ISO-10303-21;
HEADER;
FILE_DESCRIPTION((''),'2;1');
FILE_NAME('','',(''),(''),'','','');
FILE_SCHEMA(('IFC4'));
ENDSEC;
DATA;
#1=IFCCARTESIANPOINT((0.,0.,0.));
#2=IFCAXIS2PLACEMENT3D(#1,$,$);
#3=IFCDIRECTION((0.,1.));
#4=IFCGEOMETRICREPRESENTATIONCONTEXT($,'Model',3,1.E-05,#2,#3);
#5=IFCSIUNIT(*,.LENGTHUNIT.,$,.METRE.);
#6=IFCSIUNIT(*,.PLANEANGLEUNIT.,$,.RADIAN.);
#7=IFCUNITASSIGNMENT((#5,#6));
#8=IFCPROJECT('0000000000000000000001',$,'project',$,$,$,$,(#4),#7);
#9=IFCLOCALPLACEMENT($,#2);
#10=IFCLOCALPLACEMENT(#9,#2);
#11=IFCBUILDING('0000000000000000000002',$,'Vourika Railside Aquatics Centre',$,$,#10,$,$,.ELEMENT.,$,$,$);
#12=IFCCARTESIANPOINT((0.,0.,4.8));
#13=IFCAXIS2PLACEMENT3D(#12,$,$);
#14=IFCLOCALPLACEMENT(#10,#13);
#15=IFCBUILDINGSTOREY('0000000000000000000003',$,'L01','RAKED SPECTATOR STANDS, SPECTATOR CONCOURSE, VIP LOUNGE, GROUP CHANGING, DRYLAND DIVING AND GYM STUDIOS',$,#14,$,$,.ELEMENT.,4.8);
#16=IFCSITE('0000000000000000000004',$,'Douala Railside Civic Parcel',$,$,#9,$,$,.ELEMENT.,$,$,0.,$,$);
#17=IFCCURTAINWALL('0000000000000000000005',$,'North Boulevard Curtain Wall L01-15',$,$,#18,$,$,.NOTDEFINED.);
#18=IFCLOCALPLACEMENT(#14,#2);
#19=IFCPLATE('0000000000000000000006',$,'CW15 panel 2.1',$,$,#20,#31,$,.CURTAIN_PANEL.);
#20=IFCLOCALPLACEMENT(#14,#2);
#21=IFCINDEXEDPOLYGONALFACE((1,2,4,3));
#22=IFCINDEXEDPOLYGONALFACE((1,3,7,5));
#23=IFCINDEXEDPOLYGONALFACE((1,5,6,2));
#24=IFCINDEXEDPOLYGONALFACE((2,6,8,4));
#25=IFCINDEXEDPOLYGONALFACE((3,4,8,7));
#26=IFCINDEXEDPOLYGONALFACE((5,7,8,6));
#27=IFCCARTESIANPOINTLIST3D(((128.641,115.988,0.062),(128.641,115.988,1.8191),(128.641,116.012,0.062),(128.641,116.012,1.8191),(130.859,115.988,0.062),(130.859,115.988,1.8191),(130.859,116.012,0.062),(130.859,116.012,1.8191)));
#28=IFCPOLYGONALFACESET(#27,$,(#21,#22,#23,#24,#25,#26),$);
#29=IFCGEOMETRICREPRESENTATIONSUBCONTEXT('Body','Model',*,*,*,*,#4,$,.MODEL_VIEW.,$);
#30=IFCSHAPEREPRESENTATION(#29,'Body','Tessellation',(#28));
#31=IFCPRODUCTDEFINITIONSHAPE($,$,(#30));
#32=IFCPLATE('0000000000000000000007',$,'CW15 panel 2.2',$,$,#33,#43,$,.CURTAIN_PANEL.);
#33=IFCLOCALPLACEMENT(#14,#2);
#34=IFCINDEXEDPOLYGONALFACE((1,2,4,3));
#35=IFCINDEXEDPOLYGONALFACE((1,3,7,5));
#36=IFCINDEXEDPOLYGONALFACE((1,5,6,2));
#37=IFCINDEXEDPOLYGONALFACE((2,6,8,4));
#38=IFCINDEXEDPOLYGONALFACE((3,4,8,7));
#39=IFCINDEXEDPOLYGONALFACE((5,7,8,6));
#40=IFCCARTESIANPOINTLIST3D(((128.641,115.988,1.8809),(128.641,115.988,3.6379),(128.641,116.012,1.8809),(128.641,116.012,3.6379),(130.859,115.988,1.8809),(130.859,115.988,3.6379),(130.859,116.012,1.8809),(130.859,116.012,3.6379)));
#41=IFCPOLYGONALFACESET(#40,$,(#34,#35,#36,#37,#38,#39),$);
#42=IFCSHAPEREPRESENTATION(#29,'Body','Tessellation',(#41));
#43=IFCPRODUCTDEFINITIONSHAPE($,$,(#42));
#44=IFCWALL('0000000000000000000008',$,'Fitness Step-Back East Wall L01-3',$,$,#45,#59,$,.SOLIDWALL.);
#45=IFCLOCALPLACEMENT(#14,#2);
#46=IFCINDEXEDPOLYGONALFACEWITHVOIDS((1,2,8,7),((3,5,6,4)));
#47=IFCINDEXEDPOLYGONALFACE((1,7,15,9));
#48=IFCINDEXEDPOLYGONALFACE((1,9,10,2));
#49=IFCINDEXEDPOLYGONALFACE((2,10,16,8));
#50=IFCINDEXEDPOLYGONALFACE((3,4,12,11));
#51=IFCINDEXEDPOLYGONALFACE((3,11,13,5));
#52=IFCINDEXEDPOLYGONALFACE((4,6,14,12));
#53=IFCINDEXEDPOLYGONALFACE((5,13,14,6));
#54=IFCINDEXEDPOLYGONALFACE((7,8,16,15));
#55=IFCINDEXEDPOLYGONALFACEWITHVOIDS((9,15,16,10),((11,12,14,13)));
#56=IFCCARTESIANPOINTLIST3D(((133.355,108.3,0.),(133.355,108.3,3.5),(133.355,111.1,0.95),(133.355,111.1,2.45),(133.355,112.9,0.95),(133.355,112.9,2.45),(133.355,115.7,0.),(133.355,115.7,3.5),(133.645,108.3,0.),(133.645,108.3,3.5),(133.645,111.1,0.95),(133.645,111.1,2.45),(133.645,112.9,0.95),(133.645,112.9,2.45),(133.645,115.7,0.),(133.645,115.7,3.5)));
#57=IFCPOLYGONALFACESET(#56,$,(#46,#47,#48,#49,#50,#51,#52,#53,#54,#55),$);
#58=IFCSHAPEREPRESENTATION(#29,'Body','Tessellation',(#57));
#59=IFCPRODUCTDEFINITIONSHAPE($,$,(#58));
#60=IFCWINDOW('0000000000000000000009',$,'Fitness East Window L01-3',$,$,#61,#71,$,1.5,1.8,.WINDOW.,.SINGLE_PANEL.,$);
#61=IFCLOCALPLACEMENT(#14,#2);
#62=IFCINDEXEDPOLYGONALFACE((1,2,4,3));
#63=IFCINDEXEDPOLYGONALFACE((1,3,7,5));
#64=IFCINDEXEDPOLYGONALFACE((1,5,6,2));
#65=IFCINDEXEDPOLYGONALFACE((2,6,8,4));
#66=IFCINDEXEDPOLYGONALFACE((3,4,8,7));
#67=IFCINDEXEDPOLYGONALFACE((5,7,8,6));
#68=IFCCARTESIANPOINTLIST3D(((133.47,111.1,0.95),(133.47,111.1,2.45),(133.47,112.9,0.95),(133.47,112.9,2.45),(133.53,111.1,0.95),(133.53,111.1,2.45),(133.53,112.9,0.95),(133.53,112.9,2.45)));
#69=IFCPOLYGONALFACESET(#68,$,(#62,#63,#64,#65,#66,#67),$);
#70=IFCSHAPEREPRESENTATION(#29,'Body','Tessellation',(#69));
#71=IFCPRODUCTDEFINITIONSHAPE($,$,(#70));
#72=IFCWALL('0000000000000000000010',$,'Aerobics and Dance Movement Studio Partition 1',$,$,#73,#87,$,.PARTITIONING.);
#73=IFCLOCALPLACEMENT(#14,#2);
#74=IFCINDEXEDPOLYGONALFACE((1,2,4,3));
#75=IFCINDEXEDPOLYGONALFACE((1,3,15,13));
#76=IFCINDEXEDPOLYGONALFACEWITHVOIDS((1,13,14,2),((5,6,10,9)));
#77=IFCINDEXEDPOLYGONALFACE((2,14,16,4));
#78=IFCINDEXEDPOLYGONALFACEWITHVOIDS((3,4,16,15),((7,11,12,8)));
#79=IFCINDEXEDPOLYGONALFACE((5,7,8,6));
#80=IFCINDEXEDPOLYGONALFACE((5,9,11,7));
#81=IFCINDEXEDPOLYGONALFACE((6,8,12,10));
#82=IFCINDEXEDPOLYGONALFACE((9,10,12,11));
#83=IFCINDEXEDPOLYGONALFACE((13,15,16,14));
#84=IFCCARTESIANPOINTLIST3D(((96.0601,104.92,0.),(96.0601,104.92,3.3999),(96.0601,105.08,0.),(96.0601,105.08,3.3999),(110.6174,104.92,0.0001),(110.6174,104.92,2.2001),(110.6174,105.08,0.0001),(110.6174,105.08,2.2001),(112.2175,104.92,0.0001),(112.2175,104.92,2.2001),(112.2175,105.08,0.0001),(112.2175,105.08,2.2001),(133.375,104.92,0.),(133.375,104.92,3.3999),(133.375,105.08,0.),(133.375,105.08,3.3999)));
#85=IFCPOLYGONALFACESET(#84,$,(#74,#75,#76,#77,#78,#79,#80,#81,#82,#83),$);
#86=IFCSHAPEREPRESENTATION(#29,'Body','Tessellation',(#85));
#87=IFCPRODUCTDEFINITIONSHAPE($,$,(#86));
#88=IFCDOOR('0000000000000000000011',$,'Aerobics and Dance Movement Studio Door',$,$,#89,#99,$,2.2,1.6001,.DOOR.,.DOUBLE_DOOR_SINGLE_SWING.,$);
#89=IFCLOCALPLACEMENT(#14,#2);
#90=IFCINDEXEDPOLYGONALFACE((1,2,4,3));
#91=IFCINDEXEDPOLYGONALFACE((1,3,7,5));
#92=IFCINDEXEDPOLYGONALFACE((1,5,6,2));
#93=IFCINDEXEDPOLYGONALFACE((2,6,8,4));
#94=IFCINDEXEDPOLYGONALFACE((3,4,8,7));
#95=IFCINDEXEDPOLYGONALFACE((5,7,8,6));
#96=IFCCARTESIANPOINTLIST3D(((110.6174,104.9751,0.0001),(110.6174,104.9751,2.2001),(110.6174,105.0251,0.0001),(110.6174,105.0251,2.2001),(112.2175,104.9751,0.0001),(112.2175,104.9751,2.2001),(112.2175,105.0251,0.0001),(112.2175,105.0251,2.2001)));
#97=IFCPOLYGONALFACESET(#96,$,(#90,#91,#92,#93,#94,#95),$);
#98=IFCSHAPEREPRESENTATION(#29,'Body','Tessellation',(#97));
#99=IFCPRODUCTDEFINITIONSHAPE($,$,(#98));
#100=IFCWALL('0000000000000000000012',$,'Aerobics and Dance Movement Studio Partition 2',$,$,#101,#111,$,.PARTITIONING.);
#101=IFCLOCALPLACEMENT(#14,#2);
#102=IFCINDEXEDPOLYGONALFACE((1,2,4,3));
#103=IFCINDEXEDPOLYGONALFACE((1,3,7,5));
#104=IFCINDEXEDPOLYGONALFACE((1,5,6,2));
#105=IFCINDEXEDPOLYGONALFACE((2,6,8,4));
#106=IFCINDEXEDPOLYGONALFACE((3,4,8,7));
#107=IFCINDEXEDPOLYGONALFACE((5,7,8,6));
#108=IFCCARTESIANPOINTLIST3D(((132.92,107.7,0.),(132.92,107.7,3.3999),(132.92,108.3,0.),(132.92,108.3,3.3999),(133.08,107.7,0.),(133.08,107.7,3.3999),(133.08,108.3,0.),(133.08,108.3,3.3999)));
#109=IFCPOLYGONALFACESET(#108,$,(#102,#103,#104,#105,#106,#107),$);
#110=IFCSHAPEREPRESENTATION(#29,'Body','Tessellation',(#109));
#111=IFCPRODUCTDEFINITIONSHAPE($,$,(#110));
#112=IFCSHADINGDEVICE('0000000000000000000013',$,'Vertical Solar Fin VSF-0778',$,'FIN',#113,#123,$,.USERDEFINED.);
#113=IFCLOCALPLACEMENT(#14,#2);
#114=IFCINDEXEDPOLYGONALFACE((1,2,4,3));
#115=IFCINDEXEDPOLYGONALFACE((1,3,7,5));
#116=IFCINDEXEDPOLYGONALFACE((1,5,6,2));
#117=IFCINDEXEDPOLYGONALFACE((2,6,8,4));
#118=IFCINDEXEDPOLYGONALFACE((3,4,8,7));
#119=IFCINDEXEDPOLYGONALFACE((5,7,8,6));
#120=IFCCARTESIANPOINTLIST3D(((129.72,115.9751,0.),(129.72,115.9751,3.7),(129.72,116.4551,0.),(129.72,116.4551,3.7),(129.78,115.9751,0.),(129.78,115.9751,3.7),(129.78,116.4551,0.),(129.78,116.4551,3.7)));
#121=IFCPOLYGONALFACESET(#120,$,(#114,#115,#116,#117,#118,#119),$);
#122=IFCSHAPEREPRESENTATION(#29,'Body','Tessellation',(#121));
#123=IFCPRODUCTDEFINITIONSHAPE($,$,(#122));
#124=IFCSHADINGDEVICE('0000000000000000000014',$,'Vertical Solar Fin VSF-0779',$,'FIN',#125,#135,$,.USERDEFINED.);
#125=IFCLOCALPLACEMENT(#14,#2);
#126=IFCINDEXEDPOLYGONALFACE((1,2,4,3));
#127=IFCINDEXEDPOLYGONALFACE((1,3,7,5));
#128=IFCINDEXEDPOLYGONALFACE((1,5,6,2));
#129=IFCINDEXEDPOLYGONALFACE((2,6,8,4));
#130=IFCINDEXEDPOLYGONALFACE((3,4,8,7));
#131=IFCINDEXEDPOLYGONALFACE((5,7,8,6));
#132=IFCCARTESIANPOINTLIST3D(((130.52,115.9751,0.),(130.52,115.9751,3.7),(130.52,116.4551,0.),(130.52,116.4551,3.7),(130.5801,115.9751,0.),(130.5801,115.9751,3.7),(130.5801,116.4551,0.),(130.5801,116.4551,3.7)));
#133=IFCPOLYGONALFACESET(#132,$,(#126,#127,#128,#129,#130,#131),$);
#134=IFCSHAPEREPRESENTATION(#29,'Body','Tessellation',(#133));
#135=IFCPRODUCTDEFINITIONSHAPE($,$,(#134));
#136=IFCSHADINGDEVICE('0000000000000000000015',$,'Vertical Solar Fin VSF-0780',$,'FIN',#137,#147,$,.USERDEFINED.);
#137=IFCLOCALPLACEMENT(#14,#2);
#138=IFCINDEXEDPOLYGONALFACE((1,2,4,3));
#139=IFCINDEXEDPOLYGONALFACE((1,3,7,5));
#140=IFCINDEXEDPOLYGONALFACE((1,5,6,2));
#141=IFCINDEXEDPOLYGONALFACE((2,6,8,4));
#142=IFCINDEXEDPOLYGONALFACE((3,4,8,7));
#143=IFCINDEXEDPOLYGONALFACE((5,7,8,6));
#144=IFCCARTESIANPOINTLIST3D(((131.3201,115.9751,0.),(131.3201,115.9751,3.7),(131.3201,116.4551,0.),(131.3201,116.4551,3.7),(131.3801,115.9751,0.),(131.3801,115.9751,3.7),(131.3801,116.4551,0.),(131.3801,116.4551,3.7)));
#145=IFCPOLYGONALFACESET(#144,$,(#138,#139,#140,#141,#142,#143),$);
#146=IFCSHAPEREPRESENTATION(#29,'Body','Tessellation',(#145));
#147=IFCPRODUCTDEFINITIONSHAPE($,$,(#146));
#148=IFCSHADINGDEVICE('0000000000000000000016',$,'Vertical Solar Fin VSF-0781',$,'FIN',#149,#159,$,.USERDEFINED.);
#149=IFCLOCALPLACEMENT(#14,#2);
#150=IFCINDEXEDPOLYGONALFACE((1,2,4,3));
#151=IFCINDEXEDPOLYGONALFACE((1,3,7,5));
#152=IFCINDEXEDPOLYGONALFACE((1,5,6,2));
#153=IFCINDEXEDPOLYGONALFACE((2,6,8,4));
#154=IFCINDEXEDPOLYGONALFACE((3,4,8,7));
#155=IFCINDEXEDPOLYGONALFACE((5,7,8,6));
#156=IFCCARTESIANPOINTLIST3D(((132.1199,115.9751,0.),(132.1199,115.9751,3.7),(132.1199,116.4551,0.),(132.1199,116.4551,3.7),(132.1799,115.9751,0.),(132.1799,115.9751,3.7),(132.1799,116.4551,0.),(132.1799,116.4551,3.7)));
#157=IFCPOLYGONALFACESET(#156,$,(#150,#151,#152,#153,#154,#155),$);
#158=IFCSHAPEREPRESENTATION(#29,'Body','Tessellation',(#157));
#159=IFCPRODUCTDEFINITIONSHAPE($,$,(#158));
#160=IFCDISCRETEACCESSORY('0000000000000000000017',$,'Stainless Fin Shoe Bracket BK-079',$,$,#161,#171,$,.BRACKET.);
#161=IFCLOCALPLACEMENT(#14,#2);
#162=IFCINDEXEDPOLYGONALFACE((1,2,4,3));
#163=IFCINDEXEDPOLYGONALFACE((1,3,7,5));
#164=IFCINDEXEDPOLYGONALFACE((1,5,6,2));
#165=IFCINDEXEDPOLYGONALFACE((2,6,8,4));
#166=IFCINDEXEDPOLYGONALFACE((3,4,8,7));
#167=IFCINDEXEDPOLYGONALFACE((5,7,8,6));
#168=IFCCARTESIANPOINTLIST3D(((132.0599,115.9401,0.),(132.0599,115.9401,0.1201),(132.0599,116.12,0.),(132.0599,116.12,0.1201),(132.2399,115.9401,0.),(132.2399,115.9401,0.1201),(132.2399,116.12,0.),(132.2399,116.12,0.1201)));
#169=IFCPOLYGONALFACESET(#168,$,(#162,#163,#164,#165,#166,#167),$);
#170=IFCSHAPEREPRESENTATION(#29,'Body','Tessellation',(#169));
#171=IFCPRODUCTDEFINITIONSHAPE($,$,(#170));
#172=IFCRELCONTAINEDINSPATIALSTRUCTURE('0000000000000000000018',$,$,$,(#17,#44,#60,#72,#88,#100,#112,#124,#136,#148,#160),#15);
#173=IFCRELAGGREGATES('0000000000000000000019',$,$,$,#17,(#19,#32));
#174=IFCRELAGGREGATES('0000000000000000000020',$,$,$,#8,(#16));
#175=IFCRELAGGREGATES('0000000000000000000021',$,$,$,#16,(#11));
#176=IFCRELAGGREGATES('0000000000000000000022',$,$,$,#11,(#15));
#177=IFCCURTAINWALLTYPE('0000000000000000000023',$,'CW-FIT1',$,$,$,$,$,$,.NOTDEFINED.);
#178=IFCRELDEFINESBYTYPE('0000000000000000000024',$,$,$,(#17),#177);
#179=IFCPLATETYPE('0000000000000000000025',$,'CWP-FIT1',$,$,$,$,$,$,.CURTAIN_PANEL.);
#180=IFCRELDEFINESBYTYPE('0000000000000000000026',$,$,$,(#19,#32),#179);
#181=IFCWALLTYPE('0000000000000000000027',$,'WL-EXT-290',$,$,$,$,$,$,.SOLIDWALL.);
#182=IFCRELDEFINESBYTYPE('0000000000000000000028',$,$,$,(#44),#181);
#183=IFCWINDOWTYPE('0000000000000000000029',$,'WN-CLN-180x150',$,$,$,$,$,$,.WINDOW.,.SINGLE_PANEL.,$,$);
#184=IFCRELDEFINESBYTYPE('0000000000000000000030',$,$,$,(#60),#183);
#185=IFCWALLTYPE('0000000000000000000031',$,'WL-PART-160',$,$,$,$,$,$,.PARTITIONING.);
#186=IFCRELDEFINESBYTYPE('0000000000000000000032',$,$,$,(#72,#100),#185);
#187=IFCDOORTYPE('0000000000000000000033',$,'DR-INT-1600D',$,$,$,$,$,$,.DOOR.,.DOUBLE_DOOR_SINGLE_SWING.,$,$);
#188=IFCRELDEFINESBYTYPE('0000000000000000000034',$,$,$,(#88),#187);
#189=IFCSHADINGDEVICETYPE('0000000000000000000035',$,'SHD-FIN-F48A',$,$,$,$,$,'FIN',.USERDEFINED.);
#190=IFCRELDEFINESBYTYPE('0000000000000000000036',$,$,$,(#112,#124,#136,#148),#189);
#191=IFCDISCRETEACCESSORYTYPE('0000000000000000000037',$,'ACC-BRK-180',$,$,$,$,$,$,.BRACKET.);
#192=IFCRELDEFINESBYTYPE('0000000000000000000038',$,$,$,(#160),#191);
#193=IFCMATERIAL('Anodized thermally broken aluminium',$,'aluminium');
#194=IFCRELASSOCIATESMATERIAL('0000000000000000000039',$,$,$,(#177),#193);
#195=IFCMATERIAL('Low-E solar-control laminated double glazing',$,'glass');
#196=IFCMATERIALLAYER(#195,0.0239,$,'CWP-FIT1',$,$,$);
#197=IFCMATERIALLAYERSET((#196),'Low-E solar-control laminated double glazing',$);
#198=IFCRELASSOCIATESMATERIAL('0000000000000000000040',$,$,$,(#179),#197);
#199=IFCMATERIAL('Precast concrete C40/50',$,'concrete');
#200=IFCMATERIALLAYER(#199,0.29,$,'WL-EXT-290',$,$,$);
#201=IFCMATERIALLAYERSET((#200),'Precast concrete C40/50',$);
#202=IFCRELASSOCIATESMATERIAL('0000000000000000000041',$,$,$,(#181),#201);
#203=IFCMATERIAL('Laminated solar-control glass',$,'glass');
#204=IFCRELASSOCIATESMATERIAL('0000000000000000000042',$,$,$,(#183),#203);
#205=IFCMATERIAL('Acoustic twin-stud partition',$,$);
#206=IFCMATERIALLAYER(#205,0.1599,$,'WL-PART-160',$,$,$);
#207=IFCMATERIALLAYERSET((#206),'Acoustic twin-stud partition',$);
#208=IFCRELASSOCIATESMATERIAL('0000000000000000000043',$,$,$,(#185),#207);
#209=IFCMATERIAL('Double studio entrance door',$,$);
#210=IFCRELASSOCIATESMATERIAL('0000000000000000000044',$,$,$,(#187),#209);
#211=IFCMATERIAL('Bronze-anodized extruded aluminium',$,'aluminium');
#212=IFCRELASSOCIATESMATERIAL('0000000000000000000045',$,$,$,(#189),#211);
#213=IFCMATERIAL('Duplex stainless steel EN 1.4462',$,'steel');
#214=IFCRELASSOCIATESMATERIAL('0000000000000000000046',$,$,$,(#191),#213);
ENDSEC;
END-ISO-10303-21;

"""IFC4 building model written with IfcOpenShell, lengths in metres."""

from ifc_helpers import new_model, si_unit, direction, frame, frame_2d, origin, origin_2d, place, context, subcontext, project, spatial, rectangle, extrude, material, layer, layer_set, material_profile, profile_set, type_object, element, fill, aggregate, save


model = new_model("IFC4")

# Units and contexts
model_context = context("Model", 3, precision=1e-05, world=origin(), true_north=direction((0.0, 1.0)))
body_context = subcontext(model_context, "Body", "Model", "MODEL_VIEW")
ifc_project = project(units=[si_unit("LENGTHUNIT", "METRE"), si_unit("PLANEANGLEUNIT", "RADIAN")], contexts=[model_context])

# Site, building, storey
site_placement = place(None, origin())
site = spatial("IfcSite", under=ifc_project, at=site_placement, Name="Douala Railside Civic Parcel", CompositionType="ELEMENT", RefElevation=0.0)
building_placement = place(site_placement, origin())
building = spatial("IfcBuilding", under=site, at=building_placement, Name="Vourika Railside Aquatics Centre", CompositionType="ELEMENT")
storey_placement = place(building_placement, frame((0.0, 0.0, 4.8)))
storey = spatial("IfcBuildingStorey", under=building, at=storey_placement, Name="L01", Description="RAKED SPECTATOR STANDS, SPECTATOR CONCOURSE, VIP LOUNGE, GROUP CHANGING, DRYLAND DIVING AND GYM STUDIOS", CompositionType="ELEMENT", Elevation=4.8)

# Curtain wall, plates
ifc_material_1 = material(Name="Anodized thermally broken aluminium", Category="aluminium")
curtain_wall_type = type_object("IfcCurtainWallType", Name="CW-FIT1", PredefinedType="NOTDEFINED", material=ifc_material_1)
curtain_wall_placement = place(storey_placement, origin())
curtain_wall = element("IfcCurtainWall", 1, at=curtain_wall_placement, inside=storey, type_object=curtain_wall_type, Name="North Boulevard Curtain Wall L01-15", PredefinedType="NOTDEFINED")
ifc_material_2 = material(Name="Low-E solar-control laminated double glazing", Category="glass")
ifc_layer_1 = layer(ifc_material_2, 0.0239, Name="CWP-FIT1")
ifc_layer_set_1 = layer_set([ifc_layer_1], Name="Low-E solar-control laminated double glazing")
plate_type = type_object("IfcPlateType", Name="CWP-FIT1", PredefinedType="CURTAIN_PANEL", material=ifc_layer_set_1)
plate_1_placement = place(storey_placement, frame((129.75, 116.0, 0.062), z_axis=(0.0, 0.0, 1.0), x_axis=(-1.0, 0.0, 0.0)))
plate_1 = element("IfcPlate", 2, at=plate_1_placement, type_object=plate_type, Name="CW15 panel 2.1", PredefinedType="CURTAIN_PANEL", context=body_context, shape_type="SweptSolid", body=[
    extrude(rectangle(XDim=2.218, YDim=0.0239, at=origin_2d()), origin(), (0.0, 0.0, 1.0), 1.7571),
])
plate_2_placement = place(storey_placement, frame((129.75, 116.0, 1.8809), z_axis=(0.0, 0.0, 1.0), x_axis=(-1.0, 0.0, 0.0)))
plate_2 = element("IfcPlate", 3, at=plate_2_placement, type_object=plate_type, Name="CW15 panel 2.2", PredefinedType="CURTAIN_PANEL", context=body_context, shape_type="SweptSolid", body=[
    extrude(rectangle(XDim=2.218, YDim=0.0239, at=origin_2d()), origin(), (0.0, 0.0, 1.0), 1.7571),
])
aggregate(curtain_wall, [plate_1, plate_2])

# Wall, opening, window
ifc_material_3 = material(Name="Precast concrete C40/50", Category="concrete")
ifc_layer_2 = layer(ifc_material_3, 0.29, Name="WL-EXT-290")
ifc_layer_set_2 = layer_set([ifc_layer_2], Name="Precast concrete C40/50")
wall_type_1 = type_object("IfcWallType", Name="WL-EXT-290", PredefinedType="SOLIDWALL", material=ifc_layer_set_2)
wall_1_placement = place(storey_placement, frame((133.5, 108.3, 0.0), z_axis=(0.0, 0.0, 1.0), x_axis=(0.0, 1.0, 0.0)))
wall_1 = element("IfcWall", 4, at=wall_1_placement, inside=storey, type_object=wall_type_1, Name="Fitness Step-Back East Wall L01-3", PredefinedType="SOLIDWALL", context=body_context, shape_type="SweptSolid", body=[
    extrude(rectangle(XDim=7.3999, YDim=0.29, at=frame_2d((3.7, 0.0))), origin(), (0.0, 0.0, 1.0), 3.5),
])
opening_1_placement = place(wall_1_placement, frame((2.8, 0.0, 0.95)))
opening_1 = element("IfcOpeningElement", 5, at=opening_1_placement, cuts=wall_1, PredefinedType="OPENING", context=body_context, shape_type="SweptSolid", body=[
    extrude(rectangle(XDim=1.8, YDim=1.5, at=frame_2d((0.8999, 0.75))), frame((0.0, 0.155, 0.0), z_axis=(0.0, -1.0, 0.0), x_axis=(1.0, 0.0, 0.0)), (0.0, 0.0, 1.0), 0.3101),
])
ifc_material_4 = material(Name="Laminated solar-control glass", Category="glass")
window_type = type_object("IfcWindowType", Name="WN-CLN-180x150", PartitioningType="SINGLE_PANEL", PredefinedType="WINDOW", material=ifc_material_4)
window_placement = place(opening_1_placement, origin())
window = element("IfcWindow", 6, at=window_placement, inside=storey, type_object=window_type, Name="Fitness East Window L01-3", OverallHeight=1.5, OverallWidth=1.8, PartitioningType="SINGLE_PANEL", PredefinedType="WINDOW", context=body_context, shape_type="SweptSolid", body=[
    extrude(rectangle(XDim=1.8, YDim=1.5, at=frame_2d((0.8999, 0.75))), frame((0.0, 0.03, 0.0), z_axis=(0.0, -1.0, 0.0), x_axis=(1.0, 0.0, 0.0)), (0.0, 0.0, 1.0), 0.0601),
])
fill(opening_1, window)

# Wall, opening, door
ifc_material_5 = material(Name="Acoustic twin-stud partition")
ifc_layer_3 = layer(ifc_material_5, 0.1599, Name="WL-PART-160")
ifc_layer_set_3 = layer_set([ifc_layer_3], Name="Acoustic twin-stud partition")
wall_type_2 = type_object("IfcWallType", Name="WL-PART-160", PredefinedType="PARTITIONING", material=ifc_layer_set_3)
wall_2_placement = place(storey_placement, frame((133.375, 105.0, 0.0), z_axis=(0.0, 0.0, 1.0), x_axis=(-1.0, 0.0, 0.0)))
wall_2 = element("IfcWall", 7, at=wall_2_placement, inside=storey, type_object=wall_type_2, Name="Aerobics and Dance Movement Studio Partition 1", PredefinedType="PARTITIONING", context=body_context, shape_type="SweptSolid", body=[
    extrude(rectangle(XDim=37.3149, YDim=0.1599, at=frame_2d((18.6575, 0.0))), origin(), (0.0, 0.0, 1.0), 3.3999),
])
opening_2_placement = place(wall_2_placement, frame((21.1575, 0.0, 0.0)))
opening_2 = element("IfcOpeningElement", 8, at=opening_2_placement, cuts=wall_2, PredefinedType="OPENING", context=body_context, shape_type="SweptSolid", body=[
    extrude(rectangle(XDim=1.6001, YDim=2.2, at=frame_2d((0.8, 1.1001))), frame((0.0, 0.0898, 0.0), z_axis=(0.0, -1.0, 0.0), x_axis=(1.0, 0.0, 0.0)), (0.0, 0.0, 1.0), 0.1799),
])
ifc_material_6 = material(Name="Double studio entrance door")
door_type = type_object("IfcDoorType", Name="DR-INT-1600D", OperationType="DOUBLE_DOOR_SINGLE_SWING", PredefinedType="DOOR", material=ifc_material_6)
door_placement = place(opening_2_placement, origin())
door = element("IfcDoor", 9, at=door_placement, inside=storey, type_object=door_type, Name="Aerobics and Dance Movement Studio Door", OperationType="DOUBLE_DOOR_SINGLE_SWING", OverallHeight=2.2, OverallWidth=1.6001, PredefinedType="DOOR", context=body_context, shape_type="SweptSolid", body=[
    extrude(rectangle(XDim=1.6001, YDim=2.2, at=frame_2d((0.8, 1.1001))), frame((0.0, 0.0249, 0.0), z_axis=(0.0, -1.0, 0.0), x_axis=(1.0, 0.0, 0.0)), (0.0, 0.0, 1.0), 0.05),
])
fill(opening_2, door)

# Wall
wall_3_placement = place(storey_placement, frame((133.0, 108.3, 0.0), z_axis=(0.0, 0.0, 1.0), x_axis=(0.0, -1.0, 0.0)))
element("IfcWall", 10, at=wall_3_placement, inside=storey, type_object=wall_type_2, Name="Aerobics and Dance Movement Studio Partition 2", PredefinedType="PARTITIONING", context=body_context, shape_type="SweptSolid", body=[
    extrude(rectangle(XDim=0.6001, YDim=0.1599, at=frame_2d((0.3, 0.0))), origin(), (0.0, 0.0, 1.0), 3.3999),
])

# Shading devices
ifc_material_7 = material(Name="Bronze-anodized extruded aluminium", Category="aluminium")
ifc_material_profile_1 = material_profile(ifc_material_7, rectangle(XDim=0.0601, YDim=0.48, at=origin_2d()), Name="ALU-FIN 60x480")
ifc_profile_set_1 = profile_set([ifc_material_profile_1], Name="Bronze-anodized extruded aluminium")
shading_device_type = type_object("IfcShadingDeviceType", Name="SHD-FIN-F48A", ElementType="FIN", PredefinedType="USERDEFINED", material=ifc_profile_set_1)
for number, where, z_axis, x_axis, name in (
    (11, (129.75, 116.2151, 0.0), (0.0, 0.0, 1.0), (1.0, 0.0, 0.0), "Vertical Solar Fin VSF-0778"),
    (12, (130.55, 116.2151, 0.0), (0.0, 0.0, 1.0), (1.0, 0.0, 0.0), "Vertical Solar Fin VSF-0779"),
    (13, (131.3501, 116.2151, 0.0), (0.0, 0.0, 1.0), (1.0, 0.0, 0.0), "Vertical Solar Fin VSF-0780"),
    (14, (132.1499, 116.2151, 0.0), (0.0, 0.0, 1.0), (1.0, 0.0, 0.0), "Vertical Solar Fin VSF-0781"),
):
    element("IfcShadingDevice", number, at=place(storey_placement, frame(where, z_axis=z_axis, x_axis=x_axis)), inside=storey, type_object=shading_device_type, Name=name, ObjectType="FIN", PredefinedType="USERDEFINED", context=body_context, shape_type="SweptSolid", body=[
        extrude(rectangle(XDim=0.0601, YDim=0.48, at=origin_2d()), origin(), (0.0, 0.0, 1.0), 3.7),
    ])

# Discrete accessory
ifc_material_8 = material(Name="Duplex stainless steel EN 1.4462", Category="steel")
discrete_accessory_type = type_object("IfcDiscreteAccessoryType", Name="ACC-BRK-180", PredefinedType="BRACKET", material=ifc_material_8)
discrete_accessory_placement = place(storey_placement, frame((132.1499, 116.03, 0.0), z_axis=(0.0, 0.0, 1.0), x_axis=(0.0, 1.0, 0.0)))
element("IfcDiscreteAccessory", 15, at=discrete_accessory_placement, inside=storey, type_object=discrete_accessory_type, Name="Stainless Fin Shoe Bracket BK-079", PredefinedType="BRACKET", context=body_context, shape_type="SweptSolid", body=[
    extrude(rectangle(XDim=0.1799, YDim=0.1799, at=origin_2d()), origin(), (0.0, 0.0, 1.0), 0.1201),
])

save(model, "model.ifc")
